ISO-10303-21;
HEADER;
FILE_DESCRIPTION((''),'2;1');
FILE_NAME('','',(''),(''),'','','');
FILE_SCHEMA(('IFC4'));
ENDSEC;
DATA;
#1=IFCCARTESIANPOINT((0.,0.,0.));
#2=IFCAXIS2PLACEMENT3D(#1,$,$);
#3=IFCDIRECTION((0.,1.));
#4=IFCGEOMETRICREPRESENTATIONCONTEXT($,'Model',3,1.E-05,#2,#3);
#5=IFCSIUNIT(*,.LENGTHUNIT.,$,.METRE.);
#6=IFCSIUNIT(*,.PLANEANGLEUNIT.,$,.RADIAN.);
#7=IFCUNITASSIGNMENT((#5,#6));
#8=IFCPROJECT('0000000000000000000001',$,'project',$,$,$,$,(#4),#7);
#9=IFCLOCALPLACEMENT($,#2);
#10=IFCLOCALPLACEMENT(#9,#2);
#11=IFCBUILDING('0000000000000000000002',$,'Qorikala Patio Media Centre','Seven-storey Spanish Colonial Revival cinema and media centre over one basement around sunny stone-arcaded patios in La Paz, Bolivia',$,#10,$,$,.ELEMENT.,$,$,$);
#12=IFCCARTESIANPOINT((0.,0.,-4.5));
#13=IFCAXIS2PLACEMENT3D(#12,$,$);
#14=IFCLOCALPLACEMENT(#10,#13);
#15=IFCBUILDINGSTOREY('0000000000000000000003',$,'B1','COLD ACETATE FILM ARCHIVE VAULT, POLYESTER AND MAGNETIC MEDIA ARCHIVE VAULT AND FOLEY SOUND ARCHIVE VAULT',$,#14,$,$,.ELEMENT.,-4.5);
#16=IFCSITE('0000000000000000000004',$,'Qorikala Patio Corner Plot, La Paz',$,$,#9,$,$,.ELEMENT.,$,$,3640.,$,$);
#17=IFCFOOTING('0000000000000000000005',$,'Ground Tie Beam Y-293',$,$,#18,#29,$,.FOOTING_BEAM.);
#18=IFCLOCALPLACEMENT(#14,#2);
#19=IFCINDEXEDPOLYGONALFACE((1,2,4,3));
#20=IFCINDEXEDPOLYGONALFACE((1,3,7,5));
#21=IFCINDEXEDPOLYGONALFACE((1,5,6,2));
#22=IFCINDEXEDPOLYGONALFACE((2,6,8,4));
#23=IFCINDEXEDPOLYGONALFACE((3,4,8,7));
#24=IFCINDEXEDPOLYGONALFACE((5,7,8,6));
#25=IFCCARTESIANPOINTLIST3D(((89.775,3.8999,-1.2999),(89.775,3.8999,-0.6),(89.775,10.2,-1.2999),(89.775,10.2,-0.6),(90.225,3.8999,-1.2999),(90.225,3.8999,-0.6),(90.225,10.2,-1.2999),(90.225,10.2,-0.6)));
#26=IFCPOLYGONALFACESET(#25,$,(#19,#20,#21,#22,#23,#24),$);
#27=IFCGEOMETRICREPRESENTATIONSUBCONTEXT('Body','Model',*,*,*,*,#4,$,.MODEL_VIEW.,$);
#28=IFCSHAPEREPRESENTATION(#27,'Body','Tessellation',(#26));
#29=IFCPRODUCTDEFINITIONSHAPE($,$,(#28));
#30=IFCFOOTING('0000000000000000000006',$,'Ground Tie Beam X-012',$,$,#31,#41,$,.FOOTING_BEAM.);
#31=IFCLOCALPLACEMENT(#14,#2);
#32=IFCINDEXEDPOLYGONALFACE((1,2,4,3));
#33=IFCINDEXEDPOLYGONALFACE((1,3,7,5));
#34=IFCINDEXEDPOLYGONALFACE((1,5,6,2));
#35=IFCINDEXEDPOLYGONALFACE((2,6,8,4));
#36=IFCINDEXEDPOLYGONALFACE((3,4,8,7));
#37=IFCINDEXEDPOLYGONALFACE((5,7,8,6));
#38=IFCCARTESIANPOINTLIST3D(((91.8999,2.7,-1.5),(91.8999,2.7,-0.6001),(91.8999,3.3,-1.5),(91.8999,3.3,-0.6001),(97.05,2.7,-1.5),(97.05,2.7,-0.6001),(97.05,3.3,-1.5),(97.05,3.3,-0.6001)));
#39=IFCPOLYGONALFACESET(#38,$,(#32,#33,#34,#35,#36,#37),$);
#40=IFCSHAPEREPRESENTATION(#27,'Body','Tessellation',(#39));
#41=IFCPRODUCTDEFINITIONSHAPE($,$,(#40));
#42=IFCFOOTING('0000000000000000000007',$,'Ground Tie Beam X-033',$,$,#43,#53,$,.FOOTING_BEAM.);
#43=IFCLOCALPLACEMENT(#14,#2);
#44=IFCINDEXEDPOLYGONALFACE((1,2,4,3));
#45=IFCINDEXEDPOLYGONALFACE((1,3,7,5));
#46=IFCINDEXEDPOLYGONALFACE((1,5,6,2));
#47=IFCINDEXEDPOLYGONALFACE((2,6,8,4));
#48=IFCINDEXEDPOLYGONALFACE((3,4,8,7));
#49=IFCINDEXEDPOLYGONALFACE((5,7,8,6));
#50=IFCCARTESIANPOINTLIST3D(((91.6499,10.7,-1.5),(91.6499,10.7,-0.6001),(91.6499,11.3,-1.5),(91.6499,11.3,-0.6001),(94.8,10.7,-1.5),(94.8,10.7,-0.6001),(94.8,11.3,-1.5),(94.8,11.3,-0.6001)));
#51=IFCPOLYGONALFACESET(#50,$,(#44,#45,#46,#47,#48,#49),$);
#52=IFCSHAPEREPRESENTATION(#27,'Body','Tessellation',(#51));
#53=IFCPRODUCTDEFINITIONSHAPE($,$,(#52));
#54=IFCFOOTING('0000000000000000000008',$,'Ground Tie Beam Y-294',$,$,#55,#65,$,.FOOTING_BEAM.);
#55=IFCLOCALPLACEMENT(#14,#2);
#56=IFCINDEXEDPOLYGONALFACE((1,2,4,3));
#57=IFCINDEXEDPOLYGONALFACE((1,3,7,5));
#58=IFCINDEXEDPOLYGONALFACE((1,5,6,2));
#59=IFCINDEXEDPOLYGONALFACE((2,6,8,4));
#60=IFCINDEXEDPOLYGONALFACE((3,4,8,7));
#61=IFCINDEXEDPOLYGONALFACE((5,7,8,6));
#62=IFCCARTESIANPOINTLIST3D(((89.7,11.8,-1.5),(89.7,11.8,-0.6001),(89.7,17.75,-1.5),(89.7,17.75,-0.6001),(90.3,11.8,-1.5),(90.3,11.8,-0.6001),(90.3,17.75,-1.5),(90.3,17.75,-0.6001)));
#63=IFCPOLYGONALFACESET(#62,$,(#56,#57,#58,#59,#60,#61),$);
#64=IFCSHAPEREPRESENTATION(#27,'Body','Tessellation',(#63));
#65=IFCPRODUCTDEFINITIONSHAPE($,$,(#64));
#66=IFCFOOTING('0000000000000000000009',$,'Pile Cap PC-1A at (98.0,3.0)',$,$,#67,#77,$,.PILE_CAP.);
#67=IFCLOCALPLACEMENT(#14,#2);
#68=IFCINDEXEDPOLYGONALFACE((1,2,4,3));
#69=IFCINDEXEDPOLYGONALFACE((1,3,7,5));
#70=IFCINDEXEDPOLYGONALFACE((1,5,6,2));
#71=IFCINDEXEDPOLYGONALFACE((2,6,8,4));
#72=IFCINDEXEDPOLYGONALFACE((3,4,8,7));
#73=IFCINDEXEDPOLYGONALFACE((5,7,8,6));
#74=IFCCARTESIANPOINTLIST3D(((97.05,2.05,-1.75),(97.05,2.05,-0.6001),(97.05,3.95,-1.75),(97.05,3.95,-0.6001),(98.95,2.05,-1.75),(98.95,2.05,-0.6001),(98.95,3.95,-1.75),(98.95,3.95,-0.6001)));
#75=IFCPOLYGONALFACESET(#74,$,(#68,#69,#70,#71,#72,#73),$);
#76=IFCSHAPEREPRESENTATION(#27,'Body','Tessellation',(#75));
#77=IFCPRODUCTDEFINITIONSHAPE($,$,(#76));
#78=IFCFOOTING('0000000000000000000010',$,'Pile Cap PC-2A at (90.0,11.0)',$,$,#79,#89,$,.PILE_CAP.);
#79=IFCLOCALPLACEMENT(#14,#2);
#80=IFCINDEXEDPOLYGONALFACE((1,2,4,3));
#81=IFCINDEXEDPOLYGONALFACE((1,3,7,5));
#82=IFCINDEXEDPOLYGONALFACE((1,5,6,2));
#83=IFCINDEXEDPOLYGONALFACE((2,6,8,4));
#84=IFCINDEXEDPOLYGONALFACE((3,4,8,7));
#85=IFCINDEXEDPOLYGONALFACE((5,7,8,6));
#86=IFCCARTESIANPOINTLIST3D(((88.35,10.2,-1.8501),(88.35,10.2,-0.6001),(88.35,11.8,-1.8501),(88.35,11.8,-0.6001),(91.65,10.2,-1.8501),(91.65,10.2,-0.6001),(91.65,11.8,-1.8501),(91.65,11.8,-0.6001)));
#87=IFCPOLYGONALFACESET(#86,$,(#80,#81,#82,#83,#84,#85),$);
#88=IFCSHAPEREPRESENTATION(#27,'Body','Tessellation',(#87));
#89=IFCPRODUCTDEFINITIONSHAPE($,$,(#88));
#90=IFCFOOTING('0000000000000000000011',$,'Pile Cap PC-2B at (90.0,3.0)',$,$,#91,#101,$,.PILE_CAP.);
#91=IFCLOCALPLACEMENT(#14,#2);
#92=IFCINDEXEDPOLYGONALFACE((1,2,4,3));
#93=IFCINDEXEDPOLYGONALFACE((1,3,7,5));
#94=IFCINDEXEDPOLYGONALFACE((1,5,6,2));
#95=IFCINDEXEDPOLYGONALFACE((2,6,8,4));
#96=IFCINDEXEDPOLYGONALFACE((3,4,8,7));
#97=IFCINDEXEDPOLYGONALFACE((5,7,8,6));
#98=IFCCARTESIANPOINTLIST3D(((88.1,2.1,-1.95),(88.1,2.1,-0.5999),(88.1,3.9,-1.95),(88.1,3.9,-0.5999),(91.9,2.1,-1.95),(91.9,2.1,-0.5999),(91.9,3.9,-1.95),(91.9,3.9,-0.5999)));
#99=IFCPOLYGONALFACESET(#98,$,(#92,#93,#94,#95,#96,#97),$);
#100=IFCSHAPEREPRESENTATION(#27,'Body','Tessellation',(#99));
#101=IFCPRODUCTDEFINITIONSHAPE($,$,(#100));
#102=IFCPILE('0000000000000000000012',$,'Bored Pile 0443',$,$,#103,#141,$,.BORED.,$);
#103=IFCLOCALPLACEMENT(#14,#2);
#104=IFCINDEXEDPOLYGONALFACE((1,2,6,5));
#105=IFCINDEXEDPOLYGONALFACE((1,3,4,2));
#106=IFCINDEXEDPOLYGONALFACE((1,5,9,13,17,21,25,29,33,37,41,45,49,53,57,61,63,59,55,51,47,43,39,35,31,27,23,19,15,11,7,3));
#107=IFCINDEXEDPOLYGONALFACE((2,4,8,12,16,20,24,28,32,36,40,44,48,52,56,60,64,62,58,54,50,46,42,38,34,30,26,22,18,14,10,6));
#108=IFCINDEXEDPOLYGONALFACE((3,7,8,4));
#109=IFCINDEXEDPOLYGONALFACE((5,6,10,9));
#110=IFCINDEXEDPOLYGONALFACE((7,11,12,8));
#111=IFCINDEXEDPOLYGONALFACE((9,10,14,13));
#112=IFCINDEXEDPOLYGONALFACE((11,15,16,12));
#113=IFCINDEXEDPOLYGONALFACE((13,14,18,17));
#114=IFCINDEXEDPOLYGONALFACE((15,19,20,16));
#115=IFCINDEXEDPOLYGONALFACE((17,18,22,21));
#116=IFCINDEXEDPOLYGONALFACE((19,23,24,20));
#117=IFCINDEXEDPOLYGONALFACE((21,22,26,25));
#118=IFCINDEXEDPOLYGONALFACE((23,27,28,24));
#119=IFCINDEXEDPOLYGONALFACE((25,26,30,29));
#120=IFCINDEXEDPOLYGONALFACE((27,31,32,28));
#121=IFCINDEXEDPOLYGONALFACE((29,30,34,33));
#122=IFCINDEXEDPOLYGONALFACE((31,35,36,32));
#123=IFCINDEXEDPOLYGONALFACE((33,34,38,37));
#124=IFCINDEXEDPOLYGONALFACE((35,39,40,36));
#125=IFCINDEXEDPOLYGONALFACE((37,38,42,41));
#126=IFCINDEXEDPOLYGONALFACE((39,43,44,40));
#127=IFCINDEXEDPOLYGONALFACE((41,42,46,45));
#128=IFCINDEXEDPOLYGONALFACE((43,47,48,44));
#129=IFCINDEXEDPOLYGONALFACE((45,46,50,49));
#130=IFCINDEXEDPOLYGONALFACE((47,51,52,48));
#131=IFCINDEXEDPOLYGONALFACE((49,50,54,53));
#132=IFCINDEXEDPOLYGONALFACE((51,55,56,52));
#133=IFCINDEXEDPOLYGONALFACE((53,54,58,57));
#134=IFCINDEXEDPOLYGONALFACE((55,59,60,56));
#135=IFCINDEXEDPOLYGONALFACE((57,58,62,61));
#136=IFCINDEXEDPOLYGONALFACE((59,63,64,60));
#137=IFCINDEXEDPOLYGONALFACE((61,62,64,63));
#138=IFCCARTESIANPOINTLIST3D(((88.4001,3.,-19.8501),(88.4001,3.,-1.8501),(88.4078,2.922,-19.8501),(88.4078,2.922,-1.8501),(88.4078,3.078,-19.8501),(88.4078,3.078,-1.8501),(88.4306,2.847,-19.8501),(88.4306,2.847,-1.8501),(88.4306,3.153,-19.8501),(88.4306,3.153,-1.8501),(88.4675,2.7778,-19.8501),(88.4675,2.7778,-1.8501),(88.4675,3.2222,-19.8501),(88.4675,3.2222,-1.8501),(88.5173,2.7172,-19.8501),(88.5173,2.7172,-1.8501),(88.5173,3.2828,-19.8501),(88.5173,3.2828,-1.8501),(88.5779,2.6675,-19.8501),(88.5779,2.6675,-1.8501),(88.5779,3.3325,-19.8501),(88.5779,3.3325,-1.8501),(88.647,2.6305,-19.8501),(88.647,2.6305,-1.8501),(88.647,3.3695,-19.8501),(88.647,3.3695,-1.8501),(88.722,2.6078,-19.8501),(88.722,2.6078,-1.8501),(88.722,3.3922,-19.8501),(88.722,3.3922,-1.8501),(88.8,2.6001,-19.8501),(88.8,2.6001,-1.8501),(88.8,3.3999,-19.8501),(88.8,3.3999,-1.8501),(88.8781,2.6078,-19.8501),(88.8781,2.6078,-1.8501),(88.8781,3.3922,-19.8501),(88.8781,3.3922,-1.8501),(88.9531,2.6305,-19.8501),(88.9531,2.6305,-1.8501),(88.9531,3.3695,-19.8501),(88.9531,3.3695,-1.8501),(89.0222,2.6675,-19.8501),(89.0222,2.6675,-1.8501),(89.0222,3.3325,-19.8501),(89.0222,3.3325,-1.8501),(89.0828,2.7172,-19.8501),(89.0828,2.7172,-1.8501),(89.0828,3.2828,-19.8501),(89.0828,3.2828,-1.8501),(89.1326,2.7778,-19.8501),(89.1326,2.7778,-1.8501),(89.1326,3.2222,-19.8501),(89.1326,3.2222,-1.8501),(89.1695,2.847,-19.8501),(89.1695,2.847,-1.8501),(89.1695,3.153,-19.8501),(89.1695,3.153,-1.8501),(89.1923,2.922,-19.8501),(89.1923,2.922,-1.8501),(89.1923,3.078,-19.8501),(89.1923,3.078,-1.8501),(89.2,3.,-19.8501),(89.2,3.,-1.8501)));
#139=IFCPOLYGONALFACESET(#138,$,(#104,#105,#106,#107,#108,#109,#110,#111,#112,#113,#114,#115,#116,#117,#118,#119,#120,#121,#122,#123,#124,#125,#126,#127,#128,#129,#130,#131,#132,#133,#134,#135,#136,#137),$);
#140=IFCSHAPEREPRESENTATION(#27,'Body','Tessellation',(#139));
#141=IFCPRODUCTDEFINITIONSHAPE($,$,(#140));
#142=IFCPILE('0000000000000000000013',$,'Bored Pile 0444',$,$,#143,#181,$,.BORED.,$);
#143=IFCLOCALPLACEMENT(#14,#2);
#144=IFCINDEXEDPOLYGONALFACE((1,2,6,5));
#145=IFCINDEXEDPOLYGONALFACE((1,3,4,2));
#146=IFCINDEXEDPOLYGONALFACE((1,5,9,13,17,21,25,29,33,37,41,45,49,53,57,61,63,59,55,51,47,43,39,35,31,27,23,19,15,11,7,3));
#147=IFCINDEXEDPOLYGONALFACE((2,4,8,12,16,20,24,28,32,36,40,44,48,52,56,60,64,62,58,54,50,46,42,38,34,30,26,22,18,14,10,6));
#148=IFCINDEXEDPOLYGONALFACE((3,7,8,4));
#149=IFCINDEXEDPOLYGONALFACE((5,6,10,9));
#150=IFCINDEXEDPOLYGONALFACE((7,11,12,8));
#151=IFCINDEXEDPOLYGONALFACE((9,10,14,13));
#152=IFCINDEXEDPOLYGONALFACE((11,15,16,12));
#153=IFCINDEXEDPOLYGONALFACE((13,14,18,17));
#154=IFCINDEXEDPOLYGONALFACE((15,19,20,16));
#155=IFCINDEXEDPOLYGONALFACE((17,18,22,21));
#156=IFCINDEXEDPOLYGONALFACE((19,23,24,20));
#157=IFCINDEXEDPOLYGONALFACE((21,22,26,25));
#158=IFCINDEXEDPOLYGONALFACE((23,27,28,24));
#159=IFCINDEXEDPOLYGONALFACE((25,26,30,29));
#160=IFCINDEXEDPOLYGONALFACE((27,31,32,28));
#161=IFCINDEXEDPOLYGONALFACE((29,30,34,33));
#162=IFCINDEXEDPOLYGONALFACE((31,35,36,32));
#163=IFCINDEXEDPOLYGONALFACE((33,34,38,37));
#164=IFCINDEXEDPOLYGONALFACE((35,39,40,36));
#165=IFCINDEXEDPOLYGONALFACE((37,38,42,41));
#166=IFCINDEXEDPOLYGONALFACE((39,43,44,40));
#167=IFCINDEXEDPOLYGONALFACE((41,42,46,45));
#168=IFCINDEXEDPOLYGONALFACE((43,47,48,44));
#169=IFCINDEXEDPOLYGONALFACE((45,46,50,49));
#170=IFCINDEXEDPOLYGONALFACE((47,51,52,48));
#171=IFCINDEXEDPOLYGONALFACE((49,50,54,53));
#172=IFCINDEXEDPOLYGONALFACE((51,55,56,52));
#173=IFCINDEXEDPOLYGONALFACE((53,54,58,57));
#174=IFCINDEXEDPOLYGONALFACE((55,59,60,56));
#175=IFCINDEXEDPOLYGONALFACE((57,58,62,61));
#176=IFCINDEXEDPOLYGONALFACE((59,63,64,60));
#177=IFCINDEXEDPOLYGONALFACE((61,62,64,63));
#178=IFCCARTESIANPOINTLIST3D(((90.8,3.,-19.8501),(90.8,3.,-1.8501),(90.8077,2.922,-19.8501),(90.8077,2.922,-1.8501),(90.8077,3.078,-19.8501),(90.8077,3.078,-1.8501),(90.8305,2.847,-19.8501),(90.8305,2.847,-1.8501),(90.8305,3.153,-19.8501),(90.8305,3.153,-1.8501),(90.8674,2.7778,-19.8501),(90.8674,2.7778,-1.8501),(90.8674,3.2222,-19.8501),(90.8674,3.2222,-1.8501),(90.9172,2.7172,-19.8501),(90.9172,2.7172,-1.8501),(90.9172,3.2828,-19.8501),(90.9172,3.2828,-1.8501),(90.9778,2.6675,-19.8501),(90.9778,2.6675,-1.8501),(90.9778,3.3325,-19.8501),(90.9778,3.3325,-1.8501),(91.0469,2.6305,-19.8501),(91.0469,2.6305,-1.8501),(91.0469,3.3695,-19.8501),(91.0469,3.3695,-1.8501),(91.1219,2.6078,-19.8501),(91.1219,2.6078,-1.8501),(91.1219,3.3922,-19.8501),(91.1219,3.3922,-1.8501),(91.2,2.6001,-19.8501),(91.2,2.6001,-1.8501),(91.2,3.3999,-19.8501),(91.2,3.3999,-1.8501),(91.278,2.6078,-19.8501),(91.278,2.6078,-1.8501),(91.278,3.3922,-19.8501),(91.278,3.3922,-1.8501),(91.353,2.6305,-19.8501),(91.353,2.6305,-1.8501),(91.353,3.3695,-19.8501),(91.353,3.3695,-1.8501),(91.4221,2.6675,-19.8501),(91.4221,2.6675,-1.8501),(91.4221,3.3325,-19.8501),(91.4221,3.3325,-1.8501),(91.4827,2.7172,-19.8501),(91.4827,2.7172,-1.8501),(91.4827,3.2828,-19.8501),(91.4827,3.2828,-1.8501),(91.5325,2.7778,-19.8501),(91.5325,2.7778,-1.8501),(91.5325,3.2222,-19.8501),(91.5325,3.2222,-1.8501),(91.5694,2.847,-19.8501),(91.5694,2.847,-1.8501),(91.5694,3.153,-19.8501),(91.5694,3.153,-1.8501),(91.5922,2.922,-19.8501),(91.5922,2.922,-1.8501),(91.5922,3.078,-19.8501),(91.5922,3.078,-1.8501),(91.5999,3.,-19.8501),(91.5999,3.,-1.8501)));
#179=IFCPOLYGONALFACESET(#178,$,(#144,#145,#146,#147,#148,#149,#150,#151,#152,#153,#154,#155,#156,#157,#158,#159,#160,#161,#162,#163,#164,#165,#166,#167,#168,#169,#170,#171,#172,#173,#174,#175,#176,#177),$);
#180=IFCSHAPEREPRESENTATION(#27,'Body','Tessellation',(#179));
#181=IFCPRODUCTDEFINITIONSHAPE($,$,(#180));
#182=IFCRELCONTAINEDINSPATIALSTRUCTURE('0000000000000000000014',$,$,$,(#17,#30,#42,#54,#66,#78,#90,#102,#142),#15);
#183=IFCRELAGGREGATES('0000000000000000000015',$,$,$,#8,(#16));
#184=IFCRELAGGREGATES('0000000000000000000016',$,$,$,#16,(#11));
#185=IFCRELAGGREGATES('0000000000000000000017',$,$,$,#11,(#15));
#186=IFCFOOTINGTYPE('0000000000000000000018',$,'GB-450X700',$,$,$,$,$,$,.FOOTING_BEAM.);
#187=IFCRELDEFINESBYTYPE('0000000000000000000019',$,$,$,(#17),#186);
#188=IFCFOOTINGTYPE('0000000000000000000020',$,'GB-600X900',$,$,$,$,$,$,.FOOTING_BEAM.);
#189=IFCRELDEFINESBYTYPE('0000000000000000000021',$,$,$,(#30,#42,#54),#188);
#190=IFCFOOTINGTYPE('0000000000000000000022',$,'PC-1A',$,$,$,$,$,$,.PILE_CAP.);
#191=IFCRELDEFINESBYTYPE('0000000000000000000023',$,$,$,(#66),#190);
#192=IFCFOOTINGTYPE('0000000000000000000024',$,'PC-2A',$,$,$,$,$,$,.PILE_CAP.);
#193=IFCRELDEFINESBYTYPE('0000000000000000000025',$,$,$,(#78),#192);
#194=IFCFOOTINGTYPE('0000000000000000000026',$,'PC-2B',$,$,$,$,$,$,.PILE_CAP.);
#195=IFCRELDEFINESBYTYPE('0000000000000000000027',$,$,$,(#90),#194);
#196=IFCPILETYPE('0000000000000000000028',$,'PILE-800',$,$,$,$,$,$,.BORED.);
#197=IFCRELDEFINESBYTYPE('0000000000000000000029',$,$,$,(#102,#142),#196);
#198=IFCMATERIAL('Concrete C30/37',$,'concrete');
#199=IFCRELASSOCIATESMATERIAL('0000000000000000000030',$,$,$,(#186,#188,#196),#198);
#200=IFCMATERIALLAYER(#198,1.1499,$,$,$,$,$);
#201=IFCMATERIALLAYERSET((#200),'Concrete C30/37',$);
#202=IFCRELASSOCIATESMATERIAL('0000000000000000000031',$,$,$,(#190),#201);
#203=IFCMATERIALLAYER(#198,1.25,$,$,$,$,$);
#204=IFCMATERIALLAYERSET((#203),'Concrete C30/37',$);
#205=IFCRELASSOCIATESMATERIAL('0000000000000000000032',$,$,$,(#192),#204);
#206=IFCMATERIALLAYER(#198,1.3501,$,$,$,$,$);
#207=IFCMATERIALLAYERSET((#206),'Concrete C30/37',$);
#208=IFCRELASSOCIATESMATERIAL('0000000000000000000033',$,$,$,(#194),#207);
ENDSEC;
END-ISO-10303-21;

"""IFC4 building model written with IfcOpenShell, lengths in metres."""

from ifc_helpers import new_model, si_unit, direction, frame, origin, origin_2d, place, context, subcontext, project, spatial, rectangle, circle, extrude, material, layer, layer_set, material_profile, profile_set, type_object, element, save


model = new_model("IFC4")

# Units and contexts
model_context = context("Model", 3, precision=1e-05, world=origin(), true_north=direction((0.0, 1.0)))
body_context = subcontext(model_context, "Body", "Model", "MODEL_VIEW")
ifc_project = project(units=[si_unit("LENGTHUNIT", "METRE"), si_unit("PLANEANGLEUNIT", "RADIAN")], contexts=[model_context])

# Site, building, storey
site_placement = place(None, origin())
site = spatial("IfcSite", under=ifc_project, at=site_placement, Name="Qorikala Patio Corner Plot, La Paz", CompositionType="ELEMENT", RefElevation=3640.0)
building_placement = place(site_placement, origin())
building = spatial("IfcBuilding", under=site, at=building_placement, Name="Qorikala Patio Media Centre", Description="Seven-storey Spanish Colonial Revival cinema and media centre over one basement around sunny stone-arcaded patios in La Paz, Bolivia", CompositionType="ELEMENT")
storey_placement = place(building_placement, frame((0.0, 0.0, -4.5)))
storey = spatial("IfcBuildingStorey", under=building, at=storey_placement, Name="B1", Description="COLD ACETATE FILM ARCHIVE VAULT, POLYESTER AND MAGNETIC MEDIA ARCHIVE VAULT AND FOLEY SOUND ARCHIVE VAULT", CompositionType="ELEMENT", Elevation=-4.5)

# Footings
ifc_material_1 = material(Name="Concrete C30/37", Category="concrete")
ifc_material_profile_1 = material_profile(ifc_material_1, rectangle(XDim=0.45, YDim=0.7, at=origin_2d()), Name="RC 450x700")
ifc_profile_set_1 = profile_set([ifc_material_profile_1], Name="Concrete C30/37")
footing_type_1 = type_object("IfcFootingType", Name="GB-450X700", PredefinedType="FOOTING_BEAM", material=ifc_profile_set_1)
footing_1_placement = place(storey_placement, frame((90.0, 3.8999, -0.95), z_axis=(0.0, 1.0, 0.0), x_axis=(-1.0, 0.0, 0.0)))
element("IfcFooting", 1, at=footing_1_placement, inside=storey, type_object=footing_type_1, Name="Ground Tie Beam Y-293", PredefinedType="FOOTING_BEAM", context=body_context, shape_type="SweptSolid", body=[
    extrude(rectangle(XDim=0.45, YDim=0.7, at=origin_2d()), origin(), (0.0, 0.0, 1.0), 6.3),
])
ifc_material_profile_2 = material_profile(ifc_material_1, rectangle(XDim=0.6001, YDim=0.8999, at=origin_2d()), Name="RC 600x900")
ifc_profile_set_2 = profile_set([ifc_material_profile_2], Name="Concrete C30/37")
footing_type_2 = type_object("IfcFootingType", Name="GB-600X900", PredefinedType="FOOTING_BEAM", material=ifc_profile_set_2)
footing_2_placement = place(storey_placement, frame((91.8999, 3.0, -1.05), z_axis=(1.0, 0.0, 0.0), x_axis=(0.0, 1.0, 0.0)))
element("IfcFooting", 2, at=footing_2_placement, inside=storey, type_object=footing_type_2, Name="Ground Tie Beam X-012", PredefinedType="FOOTING_BEAM", context=body_context, shape_type="SweptSolid", body=[
    extrude(rectangle(XDim=0.6001, YDim=0.8999, at=origin_2d()), origin(), (0.0, 0.0, 1.0), 5.1501),
])
footing_3_placement = place(storey_placement, frame((91.6499, 11.0, -1.05), z_axis=(1.0, 0.0, 0.0), x_axis=(0.0, 1.0, 0.0)))
element("IfcFooting", 3, at=footing_3_placement, inside=storey, type_object=footing_type_2, Name="Ground Tie Beam X-033", PredefinedType="FOOTING_BEAM", context=body_context, shape_type="SweptSolid", body=[
    extrude(rectangle(XDim=0.6001, YDim=0.8999, at=origin_2d()), origin(), (0.0, 0.0, 1.0), 3.1501),
])
footing_4_placement = place(storey_placement, frame((90.0, 11.8, -1.05), z_axis=(0.0, 1.0, 0.0), x_axis=(-1.0, 0.0, 0.0)))
element("IfcFooting", 4, at=footing_4_placement, inside=storey, type_object=footing_type_2, Name="Ground Tie Beam Y-294", PredefinedType="FOOTING_BEAM", context=body_context, shape_type="SweptSolid", body=[
    extrude(rectangle(XDim=0.6001, YDim=0.8999, at=origin_2d()), origin(), (0.0, 0.0, 1.0), 5.95),
])
ifc_layer_1 = layer(ifc_material_1, 1.1499)
ifc_layer_set_1 = layer_set([ifc_layer_1], Name="Concrete C30/37")
footing_type_3 = type_object("IfcFootingType", Name="PC-1A", PredefinedType="PILE_CAP", material=ifc_layer_set_1)
footing_5_placement = place(storey_placement, frame((98.0, 3.0, -1.75), z_axis=(0.0, 0.0, 1.0), x_axis=(1.0, 0.0, 0.0)))
element("IfcFooting", 5, at=footing_5_placement, inside=storey, type_object=footing_type_3, Name="Pile Cap PC-1A at (98.0,3.0)", PredefinedType="PILE_CAP", context=body_context, shape_type="SweptSolid", body=[
    extrude(rectangle(XDim=1.8999, YDim=1.8999, at=origin_2d()), origin(), (0.0, 0.0, 1.0), 1.1499),
])
ifc_layer_2 = layer(ifc_material_1, 1.25)
ifc_layer_set_2 = layer_set([ifc_layer_2], Name="Concrete C30/37")
footing_type_4 = type_object("IfcFootingType", Name="PC-2A", PredefinedType="PILE_CAP", material=ifc_layer_set_2)
footing_6_placement = place(storey_placement, frame((90.0, 11.0, -1.8501), z_axis=(0.0, 0.0, 1.0), x_axis=(1.0, 0.0, 0.0)))
element("IfcFooting", 6, at=footing_6_placement, inside=storey, type_object=footing_type_4, Name="Pile Cap PC-2A at (90.0,11.0)", PredefinedType="PILE_CAP", context=body_context, shape_type="SweptSolid", body=[
    extrude(rectangle(XDim=3.3, YDim=1.6001, at=origin_2d()), origin(), (0.0, 0.0, 1.0), 1.25),
])
ifc_layer_3 = layer(ifc_material_1, 1.3501)
ifc_layer_set_3 = layer_set([ifc_layer_3], Name="Concrete C30/37")
footing_type_5 = type_object("IfcFootingType", Name="PC-2B", PredefinedType="PILE_CAP", material=ifc_layer_set_3)
footing_7_placement = place(storey_placement, frame((90.0, 3.0, -1.95), z_axis=(0.0, 0.0, 1.0), x_axis=(1.0, 0.0, 0.0)))
element("IfcFooting", 7, at=footing_7_placement, inside=storey, type_object=footing_type_5, Name="Pile Cap PC-2B at (90.0,3.0)", PredefinedType="PILE_CAP", context=body_context, shape_type="SweptSolid", body=[
    extrude(rectangle(XDim=3.8, YDim=1.8, at=origin_2d()), origin(), (0.0, 0.0, 1.0), 1.3501),
])

# Piles
ifc_material_profile_3 = material_profile(ifc_material_1, circle(Radius=0.3999, at=origin_2d()), Name="BORED PILE 800")
ifc_profile_set_3 = profile_set([ifc_material_profile_3], Name="Concrete C30/37")
pile_type = type_object("IfcPileType", Name="PILE-800", PredefinedType="BORED", material=ifc_profile_set_3)
for number, where, z_axis, x_axis, name in (
    (8, (88.8, 3.0, -1.8501), (0.0, 0.0, -1.0), (1.0, 0.0, 0.0), "Bored Pile 0443"),
    (9, (91.2, 3.0, -1.8501), (0.0, 0.0, -1.0), (1.0, 0.0, 0.0), "Bored Pile 0444"),
):
    element("IfcPile", number, at=place(storey_placement, frame(where, z_axis=z_axis, x_axis=x_axis)), inside=storey, type_object=pile_type, Name=name, PredefinedType="BORED", context=body_context, shape_type="SweptSolid", body=[
        extrude(circle(Radius=0.3999, at=origin_2d()), origin(), (0.0, 0.0, 1.0), 18.0),
    ])

save(model, "model.ifc")
